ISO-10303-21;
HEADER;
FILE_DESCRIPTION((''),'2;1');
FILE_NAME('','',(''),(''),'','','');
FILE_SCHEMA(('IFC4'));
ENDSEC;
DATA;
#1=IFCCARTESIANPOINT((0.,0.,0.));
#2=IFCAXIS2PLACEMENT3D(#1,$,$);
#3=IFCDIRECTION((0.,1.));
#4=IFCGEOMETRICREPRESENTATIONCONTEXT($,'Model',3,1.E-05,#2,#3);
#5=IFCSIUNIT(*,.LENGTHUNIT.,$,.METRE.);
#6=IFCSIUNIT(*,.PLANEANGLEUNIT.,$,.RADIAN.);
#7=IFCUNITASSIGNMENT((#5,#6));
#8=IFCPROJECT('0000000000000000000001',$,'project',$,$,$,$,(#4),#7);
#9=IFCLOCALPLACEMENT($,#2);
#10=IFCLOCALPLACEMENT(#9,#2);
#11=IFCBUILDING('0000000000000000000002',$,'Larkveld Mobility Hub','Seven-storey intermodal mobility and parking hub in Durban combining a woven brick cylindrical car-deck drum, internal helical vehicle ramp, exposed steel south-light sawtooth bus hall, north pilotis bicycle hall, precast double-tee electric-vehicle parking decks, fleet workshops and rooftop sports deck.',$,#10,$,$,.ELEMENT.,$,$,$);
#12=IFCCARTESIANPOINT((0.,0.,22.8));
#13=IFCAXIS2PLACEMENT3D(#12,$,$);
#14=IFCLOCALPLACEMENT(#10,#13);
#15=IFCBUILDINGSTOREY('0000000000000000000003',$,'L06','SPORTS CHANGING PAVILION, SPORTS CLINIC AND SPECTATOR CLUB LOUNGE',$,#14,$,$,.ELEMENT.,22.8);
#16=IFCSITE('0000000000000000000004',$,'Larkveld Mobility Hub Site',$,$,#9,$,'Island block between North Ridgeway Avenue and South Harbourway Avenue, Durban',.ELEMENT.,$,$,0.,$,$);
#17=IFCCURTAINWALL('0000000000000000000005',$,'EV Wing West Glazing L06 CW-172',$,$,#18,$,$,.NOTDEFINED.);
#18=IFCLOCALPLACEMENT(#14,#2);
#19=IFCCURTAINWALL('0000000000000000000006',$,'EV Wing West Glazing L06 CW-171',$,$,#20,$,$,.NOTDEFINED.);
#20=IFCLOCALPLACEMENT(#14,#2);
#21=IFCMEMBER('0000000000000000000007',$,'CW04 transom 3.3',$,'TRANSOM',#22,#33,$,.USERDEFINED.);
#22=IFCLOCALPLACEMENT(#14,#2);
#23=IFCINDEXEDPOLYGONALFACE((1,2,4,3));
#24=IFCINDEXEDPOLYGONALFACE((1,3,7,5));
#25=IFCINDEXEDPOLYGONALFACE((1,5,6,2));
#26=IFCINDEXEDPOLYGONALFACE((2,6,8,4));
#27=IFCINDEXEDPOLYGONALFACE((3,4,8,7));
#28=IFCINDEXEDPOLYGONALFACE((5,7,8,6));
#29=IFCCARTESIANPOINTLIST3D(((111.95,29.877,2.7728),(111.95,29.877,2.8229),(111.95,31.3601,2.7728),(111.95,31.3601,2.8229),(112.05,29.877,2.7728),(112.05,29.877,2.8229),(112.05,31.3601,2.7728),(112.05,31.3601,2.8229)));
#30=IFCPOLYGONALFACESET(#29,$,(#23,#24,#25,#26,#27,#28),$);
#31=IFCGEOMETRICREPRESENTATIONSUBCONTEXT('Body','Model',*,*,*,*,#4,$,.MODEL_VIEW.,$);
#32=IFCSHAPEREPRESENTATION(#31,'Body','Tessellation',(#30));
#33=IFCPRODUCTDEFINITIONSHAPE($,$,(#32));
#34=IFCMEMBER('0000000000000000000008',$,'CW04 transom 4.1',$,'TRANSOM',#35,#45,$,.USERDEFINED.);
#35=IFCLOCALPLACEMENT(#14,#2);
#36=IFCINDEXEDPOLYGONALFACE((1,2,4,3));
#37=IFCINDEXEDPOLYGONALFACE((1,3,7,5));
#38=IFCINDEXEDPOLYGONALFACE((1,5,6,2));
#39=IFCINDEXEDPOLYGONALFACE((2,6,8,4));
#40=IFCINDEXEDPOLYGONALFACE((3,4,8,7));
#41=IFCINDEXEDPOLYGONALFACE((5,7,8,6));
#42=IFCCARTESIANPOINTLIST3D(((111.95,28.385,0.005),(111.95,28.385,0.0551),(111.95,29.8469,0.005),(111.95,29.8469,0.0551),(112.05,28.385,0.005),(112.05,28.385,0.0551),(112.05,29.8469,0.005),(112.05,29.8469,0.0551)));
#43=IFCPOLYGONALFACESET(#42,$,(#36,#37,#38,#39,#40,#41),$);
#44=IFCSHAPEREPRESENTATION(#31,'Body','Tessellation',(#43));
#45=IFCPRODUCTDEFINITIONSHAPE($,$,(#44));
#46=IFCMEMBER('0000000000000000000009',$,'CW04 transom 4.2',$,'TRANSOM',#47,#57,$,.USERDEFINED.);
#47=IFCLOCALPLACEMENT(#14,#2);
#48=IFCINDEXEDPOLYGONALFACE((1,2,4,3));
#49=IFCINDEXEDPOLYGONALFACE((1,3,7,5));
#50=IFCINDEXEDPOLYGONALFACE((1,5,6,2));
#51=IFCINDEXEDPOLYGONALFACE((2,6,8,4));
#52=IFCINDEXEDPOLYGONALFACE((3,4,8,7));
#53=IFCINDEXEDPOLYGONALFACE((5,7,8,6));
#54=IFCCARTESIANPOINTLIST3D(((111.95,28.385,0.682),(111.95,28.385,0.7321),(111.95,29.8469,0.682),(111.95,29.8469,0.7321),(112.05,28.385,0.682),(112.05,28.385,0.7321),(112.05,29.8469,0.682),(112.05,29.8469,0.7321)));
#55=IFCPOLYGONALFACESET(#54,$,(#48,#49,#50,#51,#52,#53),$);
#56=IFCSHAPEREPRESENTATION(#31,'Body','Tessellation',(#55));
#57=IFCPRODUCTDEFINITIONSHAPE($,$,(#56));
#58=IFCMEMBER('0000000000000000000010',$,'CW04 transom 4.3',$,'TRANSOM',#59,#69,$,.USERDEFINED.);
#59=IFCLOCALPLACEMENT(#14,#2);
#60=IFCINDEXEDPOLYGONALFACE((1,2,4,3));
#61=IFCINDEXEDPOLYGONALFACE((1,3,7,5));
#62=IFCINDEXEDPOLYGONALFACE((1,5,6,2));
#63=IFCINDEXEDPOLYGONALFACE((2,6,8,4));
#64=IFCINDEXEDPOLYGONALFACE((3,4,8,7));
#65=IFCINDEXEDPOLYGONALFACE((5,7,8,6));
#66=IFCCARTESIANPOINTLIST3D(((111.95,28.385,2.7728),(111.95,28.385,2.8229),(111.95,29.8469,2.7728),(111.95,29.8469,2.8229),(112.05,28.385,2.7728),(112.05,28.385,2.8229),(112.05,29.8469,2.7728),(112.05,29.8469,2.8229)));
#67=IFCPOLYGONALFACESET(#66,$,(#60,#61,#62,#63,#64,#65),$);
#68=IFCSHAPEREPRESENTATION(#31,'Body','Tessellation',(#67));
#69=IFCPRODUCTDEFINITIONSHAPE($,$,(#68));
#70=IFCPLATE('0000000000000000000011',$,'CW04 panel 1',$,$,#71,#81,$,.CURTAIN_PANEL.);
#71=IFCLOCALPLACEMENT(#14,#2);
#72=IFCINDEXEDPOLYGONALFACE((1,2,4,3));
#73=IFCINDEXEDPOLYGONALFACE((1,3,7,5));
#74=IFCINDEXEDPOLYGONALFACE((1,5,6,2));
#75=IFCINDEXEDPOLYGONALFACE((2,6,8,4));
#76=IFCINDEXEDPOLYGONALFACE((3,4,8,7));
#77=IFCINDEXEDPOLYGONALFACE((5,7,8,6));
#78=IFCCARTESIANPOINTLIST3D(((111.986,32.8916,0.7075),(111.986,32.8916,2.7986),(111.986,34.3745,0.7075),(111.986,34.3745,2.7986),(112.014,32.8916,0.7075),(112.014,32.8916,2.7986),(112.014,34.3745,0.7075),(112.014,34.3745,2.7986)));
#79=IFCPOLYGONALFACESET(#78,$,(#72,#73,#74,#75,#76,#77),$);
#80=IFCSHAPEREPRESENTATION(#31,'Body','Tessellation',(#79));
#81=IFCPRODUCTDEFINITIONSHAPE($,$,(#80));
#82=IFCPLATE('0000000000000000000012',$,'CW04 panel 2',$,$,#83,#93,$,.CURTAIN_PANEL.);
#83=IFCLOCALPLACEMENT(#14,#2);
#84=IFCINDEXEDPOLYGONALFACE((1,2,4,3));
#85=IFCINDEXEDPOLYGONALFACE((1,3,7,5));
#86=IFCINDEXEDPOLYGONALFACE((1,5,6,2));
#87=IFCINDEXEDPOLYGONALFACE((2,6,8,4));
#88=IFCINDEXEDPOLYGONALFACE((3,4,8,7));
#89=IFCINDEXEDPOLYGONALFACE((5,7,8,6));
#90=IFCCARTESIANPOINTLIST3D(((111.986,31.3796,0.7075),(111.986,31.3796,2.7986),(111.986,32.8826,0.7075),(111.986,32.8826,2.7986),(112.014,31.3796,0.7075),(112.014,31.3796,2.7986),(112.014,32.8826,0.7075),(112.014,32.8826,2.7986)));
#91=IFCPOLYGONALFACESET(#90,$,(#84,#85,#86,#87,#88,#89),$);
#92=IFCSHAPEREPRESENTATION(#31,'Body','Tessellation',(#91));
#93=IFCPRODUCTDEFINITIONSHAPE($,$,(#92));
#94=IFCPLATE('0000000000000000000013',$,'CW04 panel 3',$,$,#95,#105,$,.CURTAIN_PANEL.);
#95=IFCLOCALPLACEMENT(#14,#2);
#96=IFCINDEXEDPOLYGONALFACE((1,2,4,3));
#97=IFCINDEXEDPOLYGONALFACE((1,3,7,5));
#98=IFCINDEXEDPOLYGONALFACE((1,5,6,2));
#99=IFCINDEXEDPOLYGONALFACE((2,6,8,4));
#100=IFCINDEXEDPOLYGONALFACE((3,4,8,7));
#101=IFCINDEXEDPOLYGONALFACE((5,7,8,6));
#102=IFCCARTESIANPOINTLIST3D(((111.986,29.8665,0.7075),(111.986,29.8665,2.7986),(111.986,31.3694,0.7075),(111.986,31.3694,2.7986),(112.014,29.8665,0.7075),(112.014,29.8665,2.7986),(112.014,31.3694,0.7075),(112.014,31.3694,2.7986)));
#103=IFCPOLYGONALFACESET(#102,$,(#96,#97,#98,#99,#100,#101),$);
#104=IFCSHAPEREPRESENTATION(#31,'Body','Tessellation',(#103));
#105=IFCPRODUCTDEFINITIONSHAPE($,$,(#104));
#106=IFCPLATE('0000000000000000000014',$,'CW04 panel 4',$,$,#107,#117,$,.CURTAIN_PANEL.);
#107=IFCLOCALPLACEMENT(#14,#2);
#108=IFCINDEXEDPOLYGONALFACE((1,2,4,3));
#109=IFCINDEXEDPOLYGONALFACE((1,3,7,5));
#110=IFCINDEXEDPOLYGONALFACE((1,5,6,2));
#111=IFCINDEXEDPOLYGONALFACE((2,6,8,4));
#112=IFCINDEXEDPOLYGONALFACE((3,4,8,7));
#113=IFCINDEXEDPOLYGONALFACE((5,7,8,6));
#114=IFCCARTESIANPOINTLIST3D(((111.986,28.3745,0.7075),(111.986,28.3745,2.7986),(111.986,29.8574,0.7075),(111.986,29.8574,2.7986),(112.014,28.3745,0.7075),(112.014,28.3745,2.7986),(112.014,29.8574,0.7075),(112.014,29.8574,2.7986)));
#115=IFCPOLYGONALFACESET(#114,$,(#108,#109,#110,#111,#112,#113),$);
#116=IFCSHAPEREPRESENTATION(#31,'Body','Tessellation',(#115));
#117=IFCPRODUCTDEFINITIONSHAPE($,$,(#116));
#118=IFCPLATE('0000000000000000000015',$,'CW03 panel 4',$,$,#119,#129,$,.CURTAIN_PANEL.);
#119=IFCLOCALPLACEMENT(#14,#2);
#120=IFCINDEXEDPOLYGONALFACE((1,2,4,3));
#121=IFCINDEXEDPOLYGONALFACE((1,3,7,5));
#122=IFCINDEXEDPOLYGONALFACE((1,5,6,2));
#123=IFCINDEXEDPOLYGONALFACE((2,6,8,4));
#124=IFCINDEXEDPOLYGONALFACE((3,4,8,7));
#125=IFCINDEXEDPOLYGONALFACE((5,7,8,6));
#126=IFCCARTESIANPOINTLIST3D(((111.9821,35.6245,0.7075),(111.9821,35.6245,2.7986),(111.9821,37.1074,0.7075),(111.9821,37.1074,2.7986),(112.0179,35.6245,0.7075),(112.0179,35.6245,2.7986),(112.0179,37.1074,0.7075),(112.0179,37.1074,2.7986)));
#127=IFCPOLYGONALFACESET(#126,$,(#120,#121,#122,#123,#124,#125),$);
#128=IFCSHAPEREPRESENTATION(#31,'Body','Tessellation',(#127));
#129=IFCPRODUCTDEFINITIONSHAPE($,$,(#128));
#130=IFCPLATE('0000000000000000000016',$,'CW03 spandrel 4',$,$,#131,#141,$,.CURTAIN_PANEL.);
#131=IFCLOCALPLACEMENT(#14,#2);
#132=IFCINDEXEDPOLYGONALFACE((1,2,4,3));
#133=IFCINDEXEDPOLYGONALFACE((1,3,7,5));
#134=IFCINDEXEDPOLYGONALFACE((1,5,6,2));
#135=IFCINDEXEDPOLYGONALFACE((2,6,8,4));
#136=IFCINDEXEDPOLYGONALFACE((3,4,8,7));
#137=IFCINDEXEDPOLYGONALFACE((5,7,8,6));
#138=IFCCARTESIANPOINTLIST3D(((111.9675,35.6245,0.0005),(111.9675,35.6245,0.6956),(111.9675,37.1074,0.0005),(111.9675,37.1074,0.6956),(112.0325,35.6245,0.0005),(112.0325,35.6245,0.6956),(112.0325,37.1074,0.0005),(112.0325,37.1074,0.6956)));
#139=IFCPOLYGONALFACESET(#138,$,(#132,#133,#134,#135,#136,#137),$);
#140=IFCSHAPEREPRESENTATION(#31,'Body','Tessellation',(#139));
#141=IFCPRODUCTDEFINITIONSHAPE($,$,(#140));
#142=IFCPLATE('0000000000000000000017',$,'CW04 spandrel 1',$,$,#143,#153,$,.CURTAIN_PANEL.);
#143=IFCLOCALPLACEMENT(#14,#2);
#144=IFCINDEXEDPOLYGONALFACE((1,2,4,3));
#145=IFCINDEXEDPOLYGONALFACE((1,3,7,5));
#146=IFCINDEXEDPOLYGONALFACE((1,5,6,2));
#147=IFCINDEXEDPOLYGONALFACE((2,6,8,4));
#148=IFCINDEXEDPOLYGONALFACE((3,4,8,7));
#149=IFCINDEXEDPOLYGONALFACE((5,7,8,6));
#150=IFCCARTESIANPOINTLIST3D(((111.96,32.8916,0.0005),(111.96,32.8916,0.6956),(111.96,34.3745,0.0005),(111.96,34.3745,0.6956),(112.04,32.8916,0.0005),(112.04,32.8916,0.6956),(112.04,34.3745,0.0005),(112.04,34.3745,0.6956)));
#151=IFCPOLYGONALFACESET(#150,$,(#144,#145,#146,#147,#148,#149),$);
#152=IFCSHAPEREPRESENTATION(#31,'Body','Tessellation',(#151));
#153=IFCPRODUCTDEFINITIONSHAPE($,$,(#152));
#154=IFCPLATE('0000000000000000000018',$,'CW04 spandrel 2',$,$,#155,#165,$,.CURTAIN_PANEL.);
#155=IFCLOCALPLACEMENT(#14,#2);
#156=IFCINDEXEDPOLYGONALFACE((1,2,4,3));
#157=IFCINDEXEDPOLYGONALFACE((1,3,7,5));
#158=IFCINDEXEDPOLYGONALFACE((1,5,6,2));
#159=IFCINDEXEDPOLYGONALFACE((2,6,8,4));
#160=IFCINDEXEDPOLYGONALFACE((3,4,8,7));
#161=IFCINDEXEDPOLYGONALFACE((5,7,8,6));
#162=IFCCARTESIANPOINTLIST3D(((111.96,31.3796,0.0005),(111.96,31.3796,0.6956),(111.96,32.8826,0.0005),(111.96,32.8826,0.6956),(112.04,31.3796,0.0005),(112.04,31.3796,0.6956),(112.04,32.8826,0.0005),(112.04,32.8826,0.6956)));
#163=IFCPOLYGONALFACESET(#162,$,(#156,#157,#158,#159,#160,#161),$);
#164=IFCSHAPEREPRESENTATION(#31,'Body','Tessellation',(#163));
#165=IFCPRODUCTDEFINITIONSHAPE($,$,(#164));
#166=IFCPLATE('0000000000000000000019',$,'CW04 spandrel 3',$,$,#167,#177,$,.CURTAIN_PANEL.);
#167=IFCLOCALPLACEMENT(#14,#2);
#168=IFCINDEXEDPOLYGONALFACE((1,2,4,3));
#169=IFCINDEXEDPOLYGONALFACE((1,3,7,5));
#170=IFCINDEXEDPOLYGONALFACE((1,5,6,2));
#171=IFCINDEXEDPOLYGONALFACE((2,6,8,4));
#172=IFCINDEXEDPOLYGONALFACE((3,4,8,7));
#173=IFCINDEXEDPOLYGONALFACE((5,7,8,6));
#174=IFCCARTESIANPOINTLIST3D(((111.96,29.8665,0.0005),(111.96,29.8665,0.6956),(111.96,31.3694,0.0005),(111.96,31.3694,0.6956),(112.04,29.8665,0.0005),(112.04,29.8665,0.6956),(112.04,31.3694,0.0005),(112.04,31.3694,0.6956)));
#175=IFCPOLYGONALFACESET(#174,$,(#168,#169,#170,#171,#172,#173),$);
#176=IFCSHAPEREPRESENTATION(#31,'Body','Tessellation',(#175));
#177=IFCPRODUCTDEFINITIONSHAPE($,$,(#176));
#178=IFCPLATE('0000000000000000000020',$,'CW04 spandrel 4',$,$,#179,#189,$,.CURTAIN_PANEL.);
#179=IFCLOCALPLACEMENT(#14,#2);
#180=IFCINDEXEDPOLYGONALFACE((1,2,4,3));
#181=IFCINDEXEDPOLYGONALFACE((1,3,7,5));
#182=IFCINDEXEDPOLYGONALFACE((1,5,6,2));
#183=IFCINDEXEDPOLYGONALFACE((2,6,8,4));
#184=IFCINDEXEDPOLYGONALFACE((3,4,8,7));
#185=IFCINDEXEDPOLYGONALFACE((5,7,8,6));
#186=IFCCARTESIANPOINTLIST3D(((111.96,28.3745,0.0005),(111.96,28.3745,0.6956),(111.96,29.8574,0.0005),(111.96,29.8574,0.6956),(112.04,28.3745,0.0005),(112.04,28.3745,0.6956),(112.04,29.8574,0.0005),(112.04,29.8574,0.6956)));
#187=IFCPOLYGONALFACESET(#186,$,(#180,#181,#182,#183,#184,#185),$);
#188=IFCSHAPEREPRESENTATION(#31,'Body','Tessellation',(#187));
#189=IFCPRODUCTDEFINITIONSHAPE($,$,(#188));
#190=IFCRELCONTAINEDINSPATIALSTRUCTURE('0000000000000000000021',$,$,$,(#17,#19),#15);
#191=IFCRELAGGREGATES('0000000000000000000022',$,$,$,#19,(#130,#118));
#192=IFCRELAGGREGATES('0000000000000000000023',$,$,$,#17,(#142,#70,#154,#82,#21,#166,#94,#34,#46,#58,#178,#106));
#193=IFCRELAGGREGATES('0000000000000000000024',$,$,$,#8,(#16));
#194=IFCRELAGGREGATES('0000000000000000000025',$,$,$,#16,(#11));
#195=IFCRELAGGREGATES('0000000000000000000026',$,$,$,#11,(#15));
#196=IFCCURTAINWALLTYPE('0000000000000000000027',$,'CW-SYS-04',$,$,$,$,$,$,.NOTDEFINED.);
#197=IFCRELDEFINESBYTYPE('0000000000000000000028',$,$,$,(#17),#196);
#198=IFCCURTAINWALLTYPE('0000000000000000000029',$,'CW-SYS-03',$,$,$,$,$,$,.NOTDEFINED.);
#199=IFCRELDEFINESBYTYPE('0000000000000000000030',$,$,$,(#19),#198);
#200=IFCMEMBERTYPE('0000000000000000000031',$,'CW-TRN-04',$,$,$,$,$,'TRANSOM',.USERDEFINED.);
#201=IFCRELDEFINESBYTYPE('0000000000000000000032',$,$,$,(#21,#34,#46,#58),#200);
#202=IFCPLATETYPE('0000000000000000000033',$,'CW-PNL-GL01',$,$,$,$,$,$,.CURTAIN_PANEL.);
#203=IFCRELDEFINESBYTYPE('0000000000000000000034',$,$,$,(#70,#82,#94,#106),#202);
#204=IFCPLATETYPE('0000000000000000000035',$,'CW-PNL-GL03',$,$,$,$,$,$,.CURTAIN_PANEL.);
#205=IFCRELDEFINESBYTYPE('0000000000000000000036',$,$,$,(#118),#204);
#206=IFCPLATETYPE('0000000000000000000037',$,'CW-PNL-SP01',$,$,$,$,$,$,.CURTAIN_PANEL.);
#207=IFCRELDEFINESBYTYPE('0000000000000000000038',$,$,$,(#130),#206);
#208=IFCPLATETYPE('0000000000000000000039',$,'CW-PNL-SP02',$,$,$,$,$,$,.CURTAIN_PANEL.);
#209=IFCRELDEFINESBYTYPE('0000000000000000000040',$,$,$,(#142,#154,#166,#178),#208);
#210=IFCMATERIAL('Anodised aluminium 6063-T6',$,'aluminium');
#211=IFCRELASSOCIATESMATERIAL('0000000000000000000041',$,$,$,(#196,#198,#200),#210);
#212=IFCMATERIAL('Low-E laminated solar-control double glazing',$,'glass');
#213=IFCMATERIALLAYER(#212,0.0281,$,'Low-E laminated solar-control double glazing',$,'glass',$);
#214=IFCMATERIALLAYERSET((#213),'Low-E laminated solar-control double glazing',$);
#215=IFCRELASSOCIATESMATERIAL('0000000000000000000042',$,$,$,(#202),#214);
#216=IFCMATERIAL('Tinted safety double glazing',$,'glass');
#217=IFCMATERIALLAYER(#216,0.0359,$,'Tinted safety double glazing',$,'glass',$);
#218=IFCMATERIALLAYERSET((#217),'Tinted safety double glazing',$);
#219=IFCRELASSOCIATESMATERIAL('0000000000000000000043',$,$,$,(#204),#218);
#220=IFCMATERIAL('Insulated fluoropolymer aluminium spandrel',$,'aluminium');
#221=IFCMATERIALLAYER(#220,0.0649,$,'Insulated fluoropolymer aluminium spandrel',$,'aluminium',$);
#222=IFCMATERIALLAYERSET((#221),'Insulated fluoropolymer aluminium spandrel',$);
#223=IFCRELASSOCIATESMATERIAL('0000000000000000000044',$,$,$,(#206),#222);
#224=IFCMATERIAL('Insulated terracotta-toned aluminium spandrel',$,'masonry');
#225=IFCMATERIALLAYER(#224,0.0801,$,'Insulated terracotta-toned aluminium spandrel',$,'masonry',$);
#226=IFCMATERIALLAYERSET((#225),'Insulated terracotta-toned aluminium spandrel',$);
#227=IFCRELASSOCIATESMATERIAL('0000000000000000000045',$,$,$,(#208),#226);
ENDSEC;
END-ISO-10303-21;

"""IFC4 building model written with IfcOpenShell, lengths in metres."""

from ifc_helpers import new_model, si_unit, direction, frame, origin, origin_2d, place, context, subcontext, project, spatial, rectangle, extrude, material, layer, layer_set, material_profile, profile_set, type_object, element, aggregate, save


model = new_model("IFC4")

# Units and contexts
model_context = context("Model", 3, precision=1e-05, world=origin(), true_north=direction((0.0, 1.0)))
body_context = subcontext(model_context, "Body", "Model", "MODEL_VIEW")
ifc_project = project(units=[si_unit("LENGTHUNIT", "METRE"), si_unit("PLANEANGLEUNIT", "RADIAN")], contexts=[model_context])

# Site, building, storey
site_placement = place(None, origin())
site = spatial("IfcSite", under=ifc_project, at=site_placement, Name="Larkveld Mobility Hub Site", LongName="Island block between North Ridgeway Avenue and South Harbourway Avenue, Durban", CompositionType="ELEMENT", RefElevation=0.0)
building_placement = place(site_placement, origin())
building = spatial("IfcBuilding", under=site, at=building_placement, Name="Larkveld Mobility Hub", Description="Seven-storey intermodal mobility and parking hub in Durban combining a woven brick cylindrical car-deck drum, internal helical vehicle ramp, exposed steel south-light sawtooth bus hall, north pilotis bicycle hall, precast double-tee electric-vehicle parking decks, fleet workshops and rooftop sports deck.", CompositionType="ELEMENT")
storey_placement = place(building_placement, frame((0.0, 0.0, 22.8)))
storey = spatial("IfcBuildingStorey", under=building, at=storey_placement, Name="L06", Description="SPORTS CHANGING PAVILION, SPORTS CLINIC AND SPECTATOR CLUB LOUNGE", CompositionType="ELEMENT", Elevation=22.8)

# Curtain wall
ifc_material_1 = material(Name="Anodised aluminium 6063-T6", Category="aluminium")
curtain_wall_type_1 = type_object("IfcCurtainWallType", Name="CW-SYS-04", PredefinedType="NOTDEFINED", material=ifc_material_1)
curtain_wall_1_placement = place(storey_placement, origin())
curtain_wall_1 = element("IfcCurtainWall", 1, at=curtain_wall_1_placement, inside=storey, type_object=curtain_wall_type_1, Name="EV Wing West Glazing L06 CW-172", PredefinedType="NOTDEFINED")

# Curtain wall
curtain_wall_type_2 = type_object("IfcCurtainWallType", Name="CW-SYS-03", PredefinedType="NOTDEFINED", material=ifc_material_1)
curtain_wall_2_placement = place(storey_placement, origin())
curtain_wall_2 = element("IfcCurtainWall", 2, at=curtain_wall_2_placement, inside=storey, type_object=curtain_wall_type_2, Name="EV Wing West Glazing L06 CW-171", PredefinedType="NOTDEFINED")

# Members
ifc_material_profile_1 = material_profile(ifc_material_1, rectangle(XDim=0.1001, YDim=0.05, at=origin_2d()), Name="ALU TRAN 50x100")
ifc_profile_set_1 = profile_set([ifc_material_profile_1], Name="Anodised aluminium 6063-T6")
member_type_1 = type_object("IfcMemberType", Name="CW-TRN-04", ElementType="TRANSOM", PredefinedType="USERDEFINED", material=ifc_profile_set_1)
member_1_placement = place(storey_placement, frame((112.0, 31.3601, 2.7979), z_axis=(0.0, -1.0, 0.0), x_axis=(1.0, 0.0, 0.0)))
member_1 = element("IfcMember", 3, at=member_1_placement, type_object=member_type_1, Name="CW04 transom 3.3", ObjectType="TRANSOM", PredefinedType="USERDEFINED", context=body_context, shape_type="SweptSolid", body=[
    extrude(rectangle(XDim=0.1001, YDim=0.05, at=origin_2d()), origin(), (0.0, 0.0, 1.0), 1.4832),
])
member_2_placement = place(storey_placement, frame((112.0, 29.8469, 0.03), z_axis=(0.0, -1.0, 0.0), x_axis=(1.0, 0.0, 0.0)))
member_2 = element("IfcMember", 4, at=member_2_placement, type_object=member_type_1, Name="CW04 transom 4.1", ObjectType="TRANSOM", PredefinedType="USERDEFINED", context=body_context, shape_type="SweptSolid", body=[
    extrude(rectangle(XDim=0.1001, YDim=0.05, at=origin_2d()), origin(), (0.0, 0.0, 1.0), 1.4619),
])
member_3_placement = place(storey_placement, frame((112.0, 29.8469, 0.707), z_axis=(0.0, -1.0, 0.0), x_axis=(1.0, 0.0, 0.0)))
member_3 = element("IfcMember", 5, at=member_3_placement, type_object=member_type_1, Name="CW04 transom 4.2", ObjectType="TRANSOM", PredefinedType="USERDEFINED", context=body_context, shape_type="SweptSolid", body=[
    extrude(rectangle(XDim=0.1001, YDim=0.05, at=origin_2d()), origin(), (0.0, 0.0, 1.0), 1.4619),
])
member_4_placement = place(storey_placement, frame((112.0, 29.8469, 2.7979), z_axis=(0.0, -1.0, 0.0), x_axis=(1.0, 0.0, 0.0)))
member_4 = element("IfcMember", 6, at=member_4_placement, type_object=member_type_1, Name="CW04 transom 4.3", ObjectType="TRANSOM", PredefinedType="USERDEFINED", context=body_context, shape_type="SweptSolid", body=[
    extrude(rectangle(XDim=0.1001, YDim=0.05, at=origin_2d()), origin(), (0.0, 0.0, 1.0), 1.4619),
])

# Plates
ifc_material_2 = material(Name="Low-E laminated solar-control double glazing", Category="glass")
ifc_layer_1 = layer(ifc_material_2, 0.0281, Name="Low-E laminated solar-control double glazing", Category="glass")
ifc_layer_set_1 = layer_set([ifc_layer_1], Name="Low-E laminated solar-control double glazing")
plate_type_1 = type_object("IfcPlateType", Name="CW-PNL-GL01", PredefinedType="CURTAIN_PANEL", material=ifc_layer_set_1)
plate_1_placement = place(storey_placement, frame((112.0, 33.6331, 0.7075), z_axis=(0.0, 0.0, 1.0), x_axis=(0.0, -1.0, 0.0)))
plate_1 = element("IfcPlate", 7, at=plate_1_placement, type_object=plate_type_1, Name="CW04 panel 1", PredefinedType="CURTAIN_PANEL", context=body_context, shape_type="SweptSolid", body=[
    extrude(rectangle(XDim=1.4829, YDim=0.0281, at=origin_2d()), origin(), (0.0, 0.0, 1.0), 2.0911),
])
plate_2_placement = place(storey_placement, frame((112.0, 32.1311, 0.7075), z_axis=(0.0, 0.0, 1.0), x_axis=(0.0, -1.0, 0.0)))
plate_2 = element("IfcPlate", 8, at=plate_2_placement, type_object=plate_type_1, Name="CW04 panel 2", PredefinedType="CURTAIN_PANEL", context=body_context, shape_type="SweptSolid", body=[
    extrude(rectangle(XDim=1.5029, YDim=0.0281, at=origin_2d()), origin(), (0.0, 0.0, 1.0), 2.0911),
])
plate_3_placement = place(storey_placement, frame((112.0, 30.6179, 0.7075), z_axis=(0.0, 0.0, 1.0), x_axis=(0.0, -1.0, 0.0)))
plate_3 = element("IfcPlate", 9, at=plate_3_placement, type_object=plate_type_1, Name="CW04 panel 3", PredefinedType="CURTAIN_PANEL", context=body_context, shape_type="SweptSolid", body=[
    extrude(rectangle(XDim=1.5029, YDim=0.0281, at=origin_2d()), origin(), (0.0, 0.0, 1.0), 2.0911),
])
plate_4_placement = place(storey_placement, frame((112.0, 29.116, 0.7075), z_axis=(0.0, 0.0, 1.0), x_axis=(0.0, -1.0, 0.0)))
plate_4 = element("IfcPlate", 10, at=plate_4_placement, type_object=plate_type_1, Name="CW04 panel 4", PredefinedType="CURTAIN_PANEL", context=body_context, shape_type="SweptSolid", body=[
    extrude(rectangle(XDim=1.4829, YDim=0.0281, at=origin_2d()), origin(), (0.0, 0.0, 1.0), 2.0911),
])
ifc_material_3 = material(Name="Tinted safety double glazing", Category="glass")
ifc_layer_2 = layer(ifc_material_3, 0.0359, Name="Tinted safety double glazing", Category="glass")
ifc_layer_set_2 = layer_set([ifc_layer_2], Name="Tinted safety double glazing")
plate_type_2 = type_object("IfcPlateType", Name="CW-PNL-GL03", PredefinedType="CURTAIN_PANEL", material=ifc_layer_set_2)
plate_5_placement = place(storey_placement, frame((112.0, 36.366, 0.7075), z_axis=(0.0, 0.0, 1.0), x_axis=(0.0, -1.0, 0.0)))
plate_5 = element("IfcPlate", 11, at=plate_5_placement, type_object=plate_type_2, Name="CW03 panel 4", PredefinedType="CURTAIN_PANEL", context=body_context, shape_type="SweptSolid", body=[
    extrude(rectangle(XDim=1.4829, YDim=0.0359, at=origin_2d()), origin(), (0.0, 0.0, 1.0), 2.0911),
])
ifc_material_4 = material(Name="Insulated fluoropolymer aluminium spandrel", Category="aluminium")
ifc_layer_3 = layer(ifc_material_4, 0.0649, Name="Insulated fluoropolymer aluminium spandrel", Category="aluminium")
ifc_layer_set_3 = layer_set([ifc_layer_3], Name="Insulated fluoropolymer aluminium spandrel")
plate_type_3 = type_object("IfcPlateType", Name="CW-PNL-SP01", PredefinedType="CURTAIN_PANEL", material=ifc_layer_set_3)
plate_6_placement = place(storey_placement, frame((112.0, 36.366, 0.0005), z_axis=(0.0, 0.0, 1.0), x_axis=(0.0, -1.0, 0.0)))
plate_6 = element("IfcPlate", 12, at=plate_6_placement, type_object=plate_type_3, Name="CW03 spandrel 4", PredefinedType="CURTAIN_PANEL", context=body_context, shape_type="SweptSolid", body=[
    extrude(rectangle(XDim=1.4829, YDim=0.0649, at=origin_2d()), origin(), (0.0, 0.0, 1.0), 0.6951),
])
aggregate(curtain_wall_2, [plate_6, plate_5])
ifc_material_5 = material(Name="Insulated terracotta-toned aluminium spandrel", Category="masonry")
ifc_layer_4 = layer(ifc_material_5, 0.0801, Name="Insulated terracotta-toned aluminium spandrel", Category="masonry")
ifc_layer_set_4 = layer_set([ifc_layer_4], Name="Insulated terracotta-toned aluminium spandrel")
plate_type_4 = type_object("IfcPlateType", Name="CW-PNL-SP02", PredefinedType="CURTAIN_PANEL", material=ifc_layer_set_4)
plate_7_placement = place(storey_placement, frame((112.0, 33.6331, 0.0005), z_axis=(0.0, 0.0, 1.0), x_axis=(0.0, -1.0, 0.0)))
plate_7 = element("IfcPlate", 13, at=plate_7_placement, type_object=plate_type_4, Name="CW04 spandrel 1", PredefinedType="CURTAIN_PANEL", context=body_context, shape_type="SweptSolid", body=[
    extrude(rectangle(XDim=1.4829, YDim=0.0801, at=origin_2d()), origin(), (0.0, 0.0, 1.0), 0.6951),
])
plate_8_placement = place(storey_placement, frame((112.0, 32.1311, 0.0005), z_axis=(0.0, 0.0, 1.0), x_axis=(0.0, -1.0, 0.0)))
plate_8 = element("IfcPlate", 14, at=plate_8_placement, type_object=plate_type_4, Name="CW04 spandrel 2", PredefinedType="CURTAIN_PANEL", context=body_context, shape_type="SweptSolid", body=[
    extrude(rectangle(XDim=1.5029, YDim=0.0801, at=origin_2d()), origin(), (0.0, 0.0, 1.0), 0.6951),
])
plate_9_placement = place(storey_placement, frame((112.0, 30.6179, 0.0005), z_axis=(0.0, 0.0, 1.0), x_axis=(0.0, -1.0, 0.0)))
plate_9 = element("IfcPlate", 15, at=plate_9_placement, type_object=plate_type_4, Name="CW04 spandrel 3", PredefinedType="CURTAIN_PANEL", context=body_context, shape_type="SweptSolid", body=[
    extrude(rectangle(XDim=1.5029, YDim=0.0801, at=origin_2d()), origin(), (0.0, 0.0, 1.0), 0.6951),
])
plate_10_placement = place(storey_placement, frame((112.0, 29.116, 0.0005), z_axis=(0.0, 0.0, 1.0), x_axis=(0.0, -1.0, 0.0)))
plate_10 = element("IfcPlate", 16, at=plate_10_placement, type_object=plate_type_4, Name="CW04 spandrel 4", PredefinedType="CURTAIN_PANEL", context=body_context, shape_type="SweptSolid", body=[
    extrude(rectangle(XDim=1.4829, YDim=0.0801, at=origin_2d()), origin(), (0.0, 0.0, 1.0), 0.6951),
])
aggregate(curtain_wall_1, [plate_7, plate_1, plate_8, plate_2, member_1, plate_9, plate_3, member_2, member_3, member_4, plate_10, plate_4])

save(model, "model.ifc")
